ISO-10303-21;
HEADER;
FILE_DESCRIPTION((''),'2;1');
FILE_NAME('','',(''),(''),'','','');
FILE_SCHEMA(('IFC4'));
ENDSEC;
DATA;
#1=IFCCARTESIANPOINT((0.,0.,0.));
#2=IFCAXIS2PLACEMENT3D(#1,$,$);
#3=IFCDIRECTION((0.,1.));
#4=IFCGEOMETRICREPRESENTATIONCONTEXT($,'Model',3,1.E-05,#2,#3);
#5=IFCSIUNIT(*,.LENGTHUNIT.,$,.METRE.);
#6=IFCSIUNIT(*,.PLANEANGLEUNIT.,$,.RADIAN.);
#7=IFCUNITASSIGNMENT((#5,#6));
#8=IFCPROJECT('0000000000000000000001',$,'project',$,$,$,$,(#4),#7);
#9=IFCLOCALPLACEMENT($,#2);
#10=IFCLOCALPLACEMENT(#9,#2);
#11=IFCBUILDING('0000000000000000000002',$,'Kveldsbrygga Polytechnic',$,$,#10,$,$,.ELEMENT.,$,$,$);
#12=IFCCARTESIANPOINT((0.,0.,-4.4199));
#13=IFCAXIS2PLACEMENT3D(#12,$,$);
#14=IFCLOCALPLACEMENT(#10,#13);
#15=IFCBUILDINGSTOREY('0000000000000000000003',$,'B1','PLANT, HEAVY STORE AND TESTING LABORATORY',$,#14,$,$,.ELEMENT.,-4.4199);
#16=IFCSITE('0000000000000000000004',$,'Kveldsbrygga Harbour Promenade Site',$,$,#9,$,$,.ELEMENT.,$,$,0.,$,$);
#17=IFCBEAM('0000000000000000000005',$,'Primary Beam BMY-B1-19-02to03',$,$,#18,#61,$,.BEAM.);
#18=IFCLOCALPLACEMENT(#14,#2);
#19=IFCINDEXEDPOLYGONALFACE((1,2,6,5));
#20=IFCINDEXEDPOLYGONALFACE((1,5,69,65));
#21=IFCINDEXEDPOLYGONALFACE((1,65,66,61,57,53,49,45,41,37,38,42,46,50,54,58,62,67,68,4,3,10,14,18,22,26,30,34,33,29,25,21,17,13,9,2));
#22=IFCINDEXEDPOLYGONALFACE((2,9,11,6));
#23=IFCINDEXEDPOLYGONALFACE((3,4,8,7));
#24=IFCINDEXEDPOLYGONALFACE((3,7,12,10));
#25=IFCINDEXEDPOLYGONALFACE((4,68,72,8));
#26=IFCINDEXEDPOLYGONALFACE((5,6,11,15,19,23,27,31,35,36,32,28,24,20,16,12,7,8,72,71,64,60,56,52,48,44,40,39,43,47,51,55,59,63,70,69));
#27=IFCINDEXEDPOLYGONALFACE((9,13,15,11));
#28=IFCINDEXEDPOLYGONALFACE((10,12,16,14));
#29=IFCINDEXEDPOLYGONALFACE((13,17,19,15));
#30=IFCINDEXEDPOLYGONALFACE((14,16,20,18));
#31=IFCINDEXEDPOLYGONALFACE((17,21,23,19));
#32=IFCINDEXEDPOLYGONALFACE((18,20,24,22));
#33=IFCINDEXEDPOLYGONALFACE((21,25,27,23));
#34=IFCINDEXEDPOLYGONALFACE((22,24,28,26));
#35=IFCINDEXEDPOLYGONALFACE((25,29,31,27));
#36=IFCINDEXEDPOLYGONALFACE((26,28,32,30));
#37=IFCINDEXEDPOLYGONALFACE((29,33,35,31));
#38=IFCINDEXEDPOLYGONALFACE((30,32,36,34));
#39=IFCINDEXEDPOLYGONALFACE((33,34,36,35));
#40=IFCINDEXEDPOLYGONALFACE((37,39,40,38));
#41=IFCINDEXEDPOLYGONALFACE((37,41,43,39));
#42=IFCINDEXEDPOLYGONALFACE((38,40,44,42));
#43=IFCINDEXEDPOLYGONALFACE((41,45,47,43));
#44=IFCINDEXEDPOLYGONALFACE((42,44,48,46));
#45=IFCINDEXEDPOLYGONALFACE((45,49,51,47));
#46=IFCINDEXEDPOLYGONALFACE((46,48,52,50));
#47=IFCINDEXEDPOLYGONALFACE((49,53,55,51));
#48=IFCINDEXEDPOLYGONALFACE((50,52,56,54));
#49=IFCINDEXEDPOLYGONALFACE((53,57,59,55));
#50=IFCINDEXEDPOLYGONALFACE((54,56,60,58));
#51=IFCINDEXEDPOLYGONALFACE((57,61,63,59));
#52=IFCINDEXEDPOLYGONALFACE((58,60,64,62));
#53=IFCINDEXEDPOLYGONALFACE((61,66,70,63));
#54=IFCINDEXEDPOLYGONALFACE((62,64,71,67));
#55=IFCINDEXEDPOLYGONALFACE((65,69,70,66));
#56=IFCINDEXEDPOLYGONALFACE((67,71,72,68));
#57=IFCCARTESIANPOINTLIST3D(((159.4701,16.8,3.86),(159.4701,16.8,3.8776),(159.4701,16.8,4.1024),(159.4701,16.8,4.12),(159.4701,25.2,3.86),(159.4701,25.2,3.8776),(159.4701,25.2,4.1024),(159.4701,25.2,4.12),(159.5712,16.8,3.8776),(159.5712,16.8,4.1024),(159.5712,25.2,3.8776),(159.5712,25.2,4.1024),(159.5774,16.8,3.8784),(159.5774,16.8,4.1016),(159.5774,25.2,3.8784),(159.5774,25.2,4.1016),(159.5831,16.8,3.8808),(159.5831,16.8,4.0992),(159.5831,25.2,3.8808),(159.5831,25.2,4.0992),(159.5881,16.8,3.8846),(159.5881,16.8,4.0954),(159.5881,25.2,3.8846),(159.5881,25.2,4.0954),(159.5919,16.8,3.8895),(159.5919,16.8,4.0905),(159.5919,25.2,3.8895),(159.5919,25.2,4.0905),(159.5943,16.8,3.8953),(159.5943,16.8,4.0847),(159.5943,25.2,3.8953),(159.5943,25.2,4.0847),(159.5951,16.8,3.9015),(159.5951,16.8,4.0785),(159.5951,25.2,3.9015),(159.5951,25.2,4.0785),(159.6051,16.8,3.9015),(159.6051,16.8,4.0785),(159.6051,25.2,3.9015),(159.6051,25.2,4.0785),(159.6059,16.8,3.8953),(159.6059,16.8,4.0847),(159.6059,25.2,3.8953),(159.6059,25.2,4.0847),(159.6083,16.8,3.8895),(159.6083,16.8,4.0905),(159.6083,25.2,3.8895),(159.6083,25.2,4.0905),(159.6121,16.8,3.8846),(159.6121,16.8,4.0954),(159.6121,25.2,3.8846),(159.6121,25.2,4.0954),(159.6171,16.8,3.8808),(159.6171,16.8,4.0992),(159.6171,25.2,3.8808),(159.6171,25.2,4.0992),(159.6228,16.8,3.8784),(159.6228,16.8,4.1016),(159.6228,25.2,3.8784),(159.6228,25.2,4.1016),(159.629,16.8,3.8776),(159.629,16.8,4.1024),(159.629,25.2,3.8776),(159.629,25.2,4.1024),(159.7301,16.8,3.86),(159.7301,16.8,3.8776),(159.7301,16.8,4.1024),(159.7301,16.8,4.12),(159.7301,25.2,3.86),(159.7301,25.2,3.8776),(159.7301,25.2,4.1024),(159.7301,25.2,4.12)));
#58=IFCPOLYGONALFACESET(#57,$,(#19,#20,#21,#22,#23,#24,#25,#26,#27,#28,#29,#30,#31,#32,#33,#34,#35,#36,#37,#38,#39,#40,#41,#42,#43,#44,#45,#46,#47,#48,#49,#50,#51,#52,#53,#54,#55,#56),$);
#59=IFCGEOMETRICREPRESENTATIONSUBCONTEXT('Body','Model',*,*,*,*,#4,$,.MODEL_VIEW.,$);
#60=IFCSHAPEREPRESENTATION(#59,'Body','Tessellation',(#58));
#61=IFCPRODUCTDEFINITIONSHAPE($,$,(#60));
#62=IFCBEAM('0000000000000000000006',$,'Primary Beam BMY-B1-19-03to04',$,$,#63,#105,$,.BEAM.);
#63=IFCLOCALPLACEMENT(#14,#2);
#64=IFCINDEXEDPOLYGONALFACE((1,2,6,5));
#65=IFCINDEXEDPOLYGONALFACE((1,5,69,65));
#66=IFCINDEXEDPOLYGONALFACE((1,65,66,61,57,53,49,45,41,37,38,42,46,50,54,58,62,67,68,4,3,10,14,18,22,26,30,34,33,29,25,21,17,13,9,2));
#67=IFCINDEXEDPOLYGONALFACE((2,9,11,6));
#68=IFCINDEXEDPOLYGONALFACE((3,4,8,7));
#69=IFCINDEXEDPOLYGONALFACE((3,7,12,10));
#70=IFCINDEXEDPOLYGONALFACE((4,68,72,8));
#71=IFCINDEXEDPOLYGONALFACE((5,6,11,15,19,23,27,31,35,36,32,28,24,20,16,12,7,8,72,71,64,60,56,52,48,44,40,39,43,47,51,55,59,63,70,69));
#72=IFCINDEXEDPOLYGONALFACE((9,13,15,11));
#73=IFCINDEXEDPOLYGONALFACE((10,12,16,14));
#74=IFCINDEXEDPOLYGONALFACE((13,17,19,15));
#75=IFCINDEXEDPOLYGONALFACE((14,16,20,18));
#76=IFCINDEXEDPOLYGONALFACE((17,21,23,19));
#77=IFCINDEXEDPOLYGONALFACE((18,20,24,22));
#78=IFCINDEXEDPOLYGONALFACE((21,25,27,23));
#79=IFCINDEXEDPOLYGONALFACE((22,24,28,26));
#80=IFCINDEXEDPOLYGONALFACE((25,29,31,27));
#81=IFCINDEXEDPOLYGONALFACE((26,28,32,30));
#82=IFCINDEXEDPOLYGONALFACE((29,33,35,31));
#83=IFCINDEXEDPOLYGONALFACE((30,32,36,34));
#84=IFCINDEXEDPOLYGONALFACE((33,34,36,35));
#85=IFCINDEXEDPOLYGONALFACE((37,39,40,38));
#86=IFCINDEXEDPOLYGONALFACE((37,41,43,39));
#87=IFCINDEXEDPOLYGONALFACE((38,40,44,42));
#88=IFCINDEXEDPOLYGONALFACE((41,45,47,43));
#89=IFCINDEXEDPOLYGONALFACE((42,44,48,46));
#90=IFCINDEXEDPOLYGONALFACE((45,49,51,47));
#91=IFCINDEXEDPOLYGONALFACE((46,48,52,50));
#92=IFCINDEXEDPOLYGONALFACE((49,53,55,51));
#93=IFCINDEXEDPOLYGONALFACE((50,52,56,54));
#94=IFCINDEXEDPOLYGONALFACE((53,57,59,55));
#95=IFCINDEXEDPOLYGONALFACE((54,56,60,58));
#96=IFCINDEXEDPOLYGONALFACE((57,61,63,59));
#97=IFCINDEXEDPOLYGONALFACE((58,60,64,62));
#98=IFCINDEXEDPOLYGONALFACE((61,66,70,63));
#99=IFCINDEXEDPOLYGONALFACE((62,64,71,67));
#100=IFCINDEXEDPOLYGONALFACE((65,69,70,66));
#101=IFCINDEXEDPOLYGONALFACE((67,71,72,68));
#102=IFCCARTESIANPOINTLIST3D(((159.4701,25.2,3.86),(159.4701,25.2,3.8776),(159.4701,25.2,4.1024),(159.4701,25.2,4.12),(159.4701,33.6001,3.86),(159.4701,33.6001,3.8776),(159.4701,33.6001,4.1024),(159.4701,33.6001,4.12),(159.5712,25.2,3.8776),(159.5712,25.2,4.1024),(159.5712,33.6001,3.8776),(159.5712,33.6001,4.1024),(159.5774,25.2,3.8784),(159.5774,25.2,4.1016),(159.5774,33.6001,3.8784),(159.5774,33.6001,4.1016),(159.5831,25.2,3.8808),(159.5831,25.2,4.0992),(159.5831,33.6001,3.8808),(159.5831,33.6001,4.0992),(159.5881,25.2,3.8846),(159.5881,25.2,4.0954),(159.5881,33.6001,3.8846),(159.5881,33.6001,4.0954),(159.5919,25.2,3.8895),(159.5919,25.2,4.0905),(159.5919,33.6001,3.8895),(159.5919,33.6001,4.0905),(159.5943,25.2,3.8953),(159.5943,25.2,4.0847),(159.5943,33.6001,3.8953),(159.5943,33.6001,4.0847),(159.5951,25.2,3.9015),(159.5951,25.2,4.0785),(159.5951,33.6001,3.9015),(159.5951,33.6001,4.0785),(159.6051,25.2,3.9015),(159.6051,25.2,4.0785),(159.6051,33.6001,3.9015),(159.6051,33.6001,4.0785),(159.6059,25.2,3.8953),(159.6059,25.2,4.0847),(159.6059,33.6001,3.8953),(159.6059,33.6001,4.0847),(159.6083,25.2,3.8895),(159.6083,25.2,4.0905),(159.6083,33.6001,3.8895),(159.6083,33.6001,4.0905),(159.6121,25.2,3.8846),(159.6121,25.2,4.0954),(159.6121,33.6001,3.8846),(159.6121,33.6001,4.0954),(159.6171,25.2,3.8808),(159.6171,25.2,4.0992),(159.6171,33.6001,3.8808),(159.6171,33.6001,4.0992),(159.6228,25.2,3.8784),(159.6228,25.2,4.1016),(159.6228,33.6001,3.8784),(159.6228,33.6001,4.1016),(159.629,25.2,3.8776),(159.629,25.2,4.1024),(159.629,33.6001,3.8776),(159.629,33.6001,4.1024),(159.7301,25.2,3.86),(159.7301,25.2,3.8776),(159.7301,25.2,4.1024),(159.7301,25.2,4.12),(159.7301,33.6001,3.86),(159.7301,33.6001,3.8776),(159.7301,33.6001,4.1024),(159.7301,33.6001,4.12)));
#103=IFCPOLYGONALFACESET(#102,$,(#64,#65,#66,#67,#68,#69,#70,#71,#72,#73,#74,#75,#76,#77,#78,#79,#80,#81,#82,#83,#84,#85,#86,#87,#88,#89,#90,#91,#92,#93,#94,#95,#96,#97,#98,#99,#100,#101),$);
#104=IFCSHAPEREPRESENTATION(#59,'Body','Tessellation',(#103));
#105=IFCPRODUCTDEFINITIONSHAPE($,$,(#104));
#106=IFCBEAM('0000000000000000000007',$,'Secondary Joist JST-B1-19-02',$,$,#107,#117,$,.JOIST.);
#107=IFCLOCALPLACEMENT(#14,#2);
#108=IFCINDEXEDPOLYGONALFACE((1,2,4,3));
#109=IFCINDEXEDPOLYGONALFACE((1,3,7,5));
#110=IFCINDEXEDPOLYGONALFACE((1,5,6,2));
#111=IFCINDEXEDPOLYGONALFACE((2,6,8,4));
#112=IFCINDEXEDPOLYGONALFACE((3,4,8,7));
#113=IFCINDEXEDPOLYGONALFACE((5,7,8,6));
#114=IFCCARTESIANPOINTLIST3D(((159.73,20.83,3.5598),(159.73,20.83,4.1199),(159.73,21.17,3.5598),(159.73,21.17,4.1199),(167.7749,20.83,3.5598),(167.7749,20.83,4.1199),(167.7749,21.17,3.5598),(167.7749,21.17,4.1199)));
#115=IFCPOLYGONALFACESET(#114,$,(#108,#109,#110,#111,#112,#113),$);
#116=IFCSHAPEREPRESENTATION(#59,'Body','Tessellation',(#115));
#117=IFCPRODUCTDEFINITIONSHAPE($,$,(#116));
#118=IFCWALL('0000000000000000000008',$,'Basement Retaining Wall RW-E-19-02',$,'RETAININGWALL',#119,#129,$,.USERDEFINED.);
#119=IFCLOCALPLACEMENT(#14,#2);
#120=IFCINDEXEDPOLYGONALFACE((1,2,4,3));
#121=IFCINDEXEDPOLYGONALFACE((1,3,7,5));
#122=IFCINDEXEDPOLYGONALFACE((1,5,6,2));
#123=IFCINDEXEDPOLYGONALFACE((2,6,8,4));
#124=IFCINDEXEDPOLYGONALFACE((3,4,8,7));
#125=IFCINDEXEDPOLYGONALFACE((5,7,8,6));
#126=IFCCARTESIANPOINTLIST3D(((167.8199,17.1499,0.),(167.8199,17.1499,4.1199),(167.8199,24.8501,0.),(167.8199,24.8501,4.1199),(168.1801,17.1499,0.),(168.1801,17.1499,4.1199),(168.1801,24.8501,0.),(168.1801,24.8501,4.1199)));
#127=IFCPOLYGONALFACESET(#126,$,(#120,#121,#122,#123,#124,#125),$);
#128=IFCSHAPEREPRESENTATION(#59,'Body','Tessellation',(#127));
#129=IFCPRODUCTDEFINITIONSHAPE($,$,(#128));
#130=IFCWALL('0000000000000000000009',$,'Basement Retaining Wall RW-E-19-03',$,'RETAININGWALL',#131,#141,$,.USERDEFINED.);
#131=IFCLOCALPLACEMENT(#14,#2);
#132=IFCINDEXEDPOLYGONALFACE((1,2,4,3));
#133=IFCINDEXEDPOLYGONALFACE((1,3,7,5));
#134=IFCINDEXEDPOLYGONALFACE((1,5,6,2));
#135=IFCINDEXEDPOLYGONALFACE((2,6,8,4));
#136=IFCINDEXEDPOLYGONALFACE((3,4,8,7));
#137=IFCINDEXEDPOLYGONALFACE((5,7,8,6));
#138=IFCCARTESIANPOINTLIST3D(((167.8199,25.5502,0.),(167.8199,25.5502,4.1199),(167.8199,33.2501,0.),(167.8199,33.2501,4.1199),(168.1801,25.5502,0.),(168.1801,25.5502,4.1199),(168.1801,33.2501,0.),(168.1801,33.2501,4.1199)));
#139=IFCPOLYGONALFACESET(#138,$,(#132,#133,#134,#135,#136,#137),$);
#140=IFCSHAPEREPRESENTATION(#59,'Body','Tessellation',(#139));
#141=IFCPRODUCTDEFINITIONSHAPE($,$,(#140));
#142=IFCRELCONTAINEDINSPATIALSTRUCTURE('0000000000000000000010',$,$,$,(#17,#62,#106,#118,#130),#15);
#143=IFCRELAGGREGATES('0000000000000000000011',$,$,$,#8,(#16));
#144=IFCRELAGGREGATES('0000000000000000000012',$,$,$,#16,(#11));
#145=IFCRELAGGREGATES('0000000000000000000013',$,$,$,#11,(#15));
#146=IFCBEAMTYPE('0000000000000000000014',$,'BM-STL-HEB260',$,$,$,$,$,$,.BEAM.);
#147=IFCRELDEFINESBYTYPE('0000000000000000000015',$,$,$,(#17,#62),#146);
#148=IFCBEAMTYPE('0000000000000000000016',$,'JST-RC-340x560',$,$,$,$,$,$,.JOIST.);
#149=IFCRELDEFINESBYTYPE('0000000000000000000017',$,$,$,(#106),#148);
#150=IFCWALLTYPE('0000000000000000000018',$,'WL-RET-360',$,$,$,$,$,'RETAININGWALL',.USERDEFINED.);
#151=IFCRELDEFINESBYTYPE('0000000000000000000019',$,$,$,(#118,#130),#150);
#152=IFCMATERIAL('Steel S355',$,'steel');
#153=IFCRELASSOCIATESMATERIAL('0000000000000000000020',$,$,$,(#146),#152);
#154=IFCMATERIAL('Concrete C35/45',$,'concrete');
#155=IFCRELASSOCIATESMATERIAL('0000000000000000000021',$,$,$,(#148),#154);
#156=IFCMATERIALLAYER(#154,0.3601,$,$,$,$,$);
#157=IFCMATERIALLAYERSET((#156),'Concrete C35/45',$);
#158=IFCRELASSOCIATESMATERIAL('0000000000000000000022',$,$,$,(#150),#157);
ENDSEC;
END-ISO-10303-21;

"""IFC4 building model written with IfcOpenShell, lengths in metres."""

from ifc_helpers import new_model, si_unit, direction, frame, frame_2d, origin, origin_2d, place, context, subcontext, project, spatial, rectangle, i_section, extrude, material, layer, layer_set, material_profile, profile_set, type_object, element, save


model = new_model("IFC4")

# Units and contexts
model_context = context("Model", 3, precision=1e-05, world=origin(), true_north=direction((0.0, 1.0)))
body_context = subcontext(model_context, "Body", "Model", "MODEL_VIEW")
ifc_project = project(units=[si_unit("LENGTHUNIT", "METRE"), si_unit("PLANEANGLEUNIT", "RADIAN")], contexts=[model_context])

# Site, building, storey
site_placement = place(None, origin())
site = spatial("IfcSite", under=ifc_project, at=site_placement, Name="Kveldsbrygga Harbour Promenade Site", CompositionType="ELEMENT", RefElevation=0.0)
building_placement = place(site_placement, origin())
building = spatial("IfcBuilding", under=site, at=building_placement, Name="Kveldsbrygga Polytechnic", CompositionType="ELEMENT")
storey_placement = place(building_placement, frame((0.0, 0.0, -4.4199)))
storey = spatial("IfcBuildingStorey", under=building, at=storey_placement, Name="B1", Description="PLANT, HEAVY STORE AND TESTING LABORATORY", CompositionType="ELEMENT", Elevation=-4.4199)

# Beams
ifc_material_1 = material(Name="Concrete C35/45", Category="concrete")
ifc_material_2 = material(Name="Steel S355", Category="steel")
ifc_material_profile_1 = material_profile(ifc_material_2, i_section(OverallWidth=0.26, OverallDepth=0.26, WebThickness=0.01, FlangeThickness=0.0176, FilletRadius=0.0239, at=origin_2d()), Name="HEB 260")
ifc_profile_set_1 = profile_set([ifc_material_profile_1], Name="Steel S355")
beam_type_1 = type_object("IfcBeamType", Name="BM-STL-HEB260", PredefinedType="BEAM", material=ifc_profile_set_1)
beam_1_placement = place(storey_placement, frame((159.6001, 16.8, 3.99), z_axis=(0.0, 1.0, 0.0), x_axis=(-1.0, 0.0, 0.0)))
element("IfcBeam", 1, at=beam_1_placement, inside=storey, type_object=beam_type_1, Name="Primary Beam BMY-B1-19-02to03", PredefinedType="BEAM", context=body_context, shape_type="SweptSolid", body=[
    extrude(i_section(OverallWidth=0.26, OverallDepth=0.26, WebThickness=0.01, FlangeThickness=0.0176, FilletRadius=0.0239, at=origin_2d()), origin(), (0.0, 0.0, 1.0), 8.3999),
])
beam_2_placement = place(storey_placement, frame((159.6001, 25.2, 3.99), z_axis=(0.0, 1.0, 0.0), x_axis=(-1.0, 0.0, 0.0)))
element("IfcBeam", 2, at=beam_2_placement, inside=storey, type_object=beam_type_1, Name="Primary Beam BMY-B1-19-03to04", PredefinedType="BEAM", context=body_context, shape_type="SweptSolid", body=[
    extrude(i_section(OverallWidth=0.26, OverallDepth=0.26, WebThickness=0.01, FlangeThickness=0.0176, FilletRadius=0.0239, at=origin_2d()), origin(), (0.0, 0.0, 1.0), 8.4001),
])
ifc_material_profile_2 = material_profile(ifc_material_1, rectangle(XDim=0.3401, YDim=0.5601, at=origin_2d()), Name="RC 340x560")
ifc_profile_set_2 = profile_set([ifc_material_profile_2], Name="Concrete C35/45")
beam_type_2 = type_object("IfcBeamType", Name="JST-RC-340x560", PredefinedType="JOIST", material=ifc_profile_set_2)
beam_3_placement = place(storey_placement, frame((159.73, 21.0, 3.8398), z_axis=(1.0, 0.0, 0.0), x_axis=(0.0, 1.0, 0.0)))
element("IfcBeam", 3, at=beam_3_placement, inside=storey, type_object=beam_type_2, Name="Secondary Joist JST-B1-19-02", PredefinedType="JOIST", context=body_context, shape_type="SweptSolid", body=[
    extrude(rectangle(XDim=0.3401, YDim=0.5601, at=origin_2d()), origin(), (0.0, 0.0, 1.0), 8.0449),
])

# Walls
ifc_layer = layer(ifc_material_1, 0.3601)
ifc_layer_set = layer_set([ifc_layer], Name="Concrete C35/45")
wall_type = type_object("IfcWallType", Name="WL-RET-360", ElementType="RETAININGWALL", PredefinedType="USERDEFINED", material=ifc_layer_set)
wall_1_placement = place(storey_placement, frame((168.0, 17.1499, 0.0), z_axis=(0.0, 0.0, 1.0), x_axis=(0.0, 1.0, 0.0)))
element("IfcWall", 4, at=wall_1_placement, inside=storey, type_object=wall_type, Name="Basement Retaining Wall RW-E-19-02", ObjectType="RETAININGWALL", PredefinedType="USERDEFINED", context=body_context, shape_type="SweptSolid", body=[
    extrude(rectangle(XDim=7.7002, YDim=0.3601, at=frame_2d((3.8501, 0.0))), origin(), (0.0, 0.0, 1.0), 4.1199),
])
wall_2_placement = place(storey_placement, frame((168.0, 25.55, 0.0), z_axis=(0.0, 0.0, 1.0), x_axis=(0.0, 1.0, 0.0)))
element("IfcWall", 5, at=wall_2_placement, inside=storey, type_object=wall_type, Name="Basement Retaining Wall RW-E-19-03", ObjectType="RETAININGWALL", PredefinedType="USERDEFINED", context=body_context, shape_type="SweptSolid", body=[
    extrude(rectangle(XDim=7.7, YDim=0.3601, at=frame_2d((3.8501, 0.0))), origin(), (0.0, 0.0, 1.0), 4.1199),
])

save(model, "model.ifc")
